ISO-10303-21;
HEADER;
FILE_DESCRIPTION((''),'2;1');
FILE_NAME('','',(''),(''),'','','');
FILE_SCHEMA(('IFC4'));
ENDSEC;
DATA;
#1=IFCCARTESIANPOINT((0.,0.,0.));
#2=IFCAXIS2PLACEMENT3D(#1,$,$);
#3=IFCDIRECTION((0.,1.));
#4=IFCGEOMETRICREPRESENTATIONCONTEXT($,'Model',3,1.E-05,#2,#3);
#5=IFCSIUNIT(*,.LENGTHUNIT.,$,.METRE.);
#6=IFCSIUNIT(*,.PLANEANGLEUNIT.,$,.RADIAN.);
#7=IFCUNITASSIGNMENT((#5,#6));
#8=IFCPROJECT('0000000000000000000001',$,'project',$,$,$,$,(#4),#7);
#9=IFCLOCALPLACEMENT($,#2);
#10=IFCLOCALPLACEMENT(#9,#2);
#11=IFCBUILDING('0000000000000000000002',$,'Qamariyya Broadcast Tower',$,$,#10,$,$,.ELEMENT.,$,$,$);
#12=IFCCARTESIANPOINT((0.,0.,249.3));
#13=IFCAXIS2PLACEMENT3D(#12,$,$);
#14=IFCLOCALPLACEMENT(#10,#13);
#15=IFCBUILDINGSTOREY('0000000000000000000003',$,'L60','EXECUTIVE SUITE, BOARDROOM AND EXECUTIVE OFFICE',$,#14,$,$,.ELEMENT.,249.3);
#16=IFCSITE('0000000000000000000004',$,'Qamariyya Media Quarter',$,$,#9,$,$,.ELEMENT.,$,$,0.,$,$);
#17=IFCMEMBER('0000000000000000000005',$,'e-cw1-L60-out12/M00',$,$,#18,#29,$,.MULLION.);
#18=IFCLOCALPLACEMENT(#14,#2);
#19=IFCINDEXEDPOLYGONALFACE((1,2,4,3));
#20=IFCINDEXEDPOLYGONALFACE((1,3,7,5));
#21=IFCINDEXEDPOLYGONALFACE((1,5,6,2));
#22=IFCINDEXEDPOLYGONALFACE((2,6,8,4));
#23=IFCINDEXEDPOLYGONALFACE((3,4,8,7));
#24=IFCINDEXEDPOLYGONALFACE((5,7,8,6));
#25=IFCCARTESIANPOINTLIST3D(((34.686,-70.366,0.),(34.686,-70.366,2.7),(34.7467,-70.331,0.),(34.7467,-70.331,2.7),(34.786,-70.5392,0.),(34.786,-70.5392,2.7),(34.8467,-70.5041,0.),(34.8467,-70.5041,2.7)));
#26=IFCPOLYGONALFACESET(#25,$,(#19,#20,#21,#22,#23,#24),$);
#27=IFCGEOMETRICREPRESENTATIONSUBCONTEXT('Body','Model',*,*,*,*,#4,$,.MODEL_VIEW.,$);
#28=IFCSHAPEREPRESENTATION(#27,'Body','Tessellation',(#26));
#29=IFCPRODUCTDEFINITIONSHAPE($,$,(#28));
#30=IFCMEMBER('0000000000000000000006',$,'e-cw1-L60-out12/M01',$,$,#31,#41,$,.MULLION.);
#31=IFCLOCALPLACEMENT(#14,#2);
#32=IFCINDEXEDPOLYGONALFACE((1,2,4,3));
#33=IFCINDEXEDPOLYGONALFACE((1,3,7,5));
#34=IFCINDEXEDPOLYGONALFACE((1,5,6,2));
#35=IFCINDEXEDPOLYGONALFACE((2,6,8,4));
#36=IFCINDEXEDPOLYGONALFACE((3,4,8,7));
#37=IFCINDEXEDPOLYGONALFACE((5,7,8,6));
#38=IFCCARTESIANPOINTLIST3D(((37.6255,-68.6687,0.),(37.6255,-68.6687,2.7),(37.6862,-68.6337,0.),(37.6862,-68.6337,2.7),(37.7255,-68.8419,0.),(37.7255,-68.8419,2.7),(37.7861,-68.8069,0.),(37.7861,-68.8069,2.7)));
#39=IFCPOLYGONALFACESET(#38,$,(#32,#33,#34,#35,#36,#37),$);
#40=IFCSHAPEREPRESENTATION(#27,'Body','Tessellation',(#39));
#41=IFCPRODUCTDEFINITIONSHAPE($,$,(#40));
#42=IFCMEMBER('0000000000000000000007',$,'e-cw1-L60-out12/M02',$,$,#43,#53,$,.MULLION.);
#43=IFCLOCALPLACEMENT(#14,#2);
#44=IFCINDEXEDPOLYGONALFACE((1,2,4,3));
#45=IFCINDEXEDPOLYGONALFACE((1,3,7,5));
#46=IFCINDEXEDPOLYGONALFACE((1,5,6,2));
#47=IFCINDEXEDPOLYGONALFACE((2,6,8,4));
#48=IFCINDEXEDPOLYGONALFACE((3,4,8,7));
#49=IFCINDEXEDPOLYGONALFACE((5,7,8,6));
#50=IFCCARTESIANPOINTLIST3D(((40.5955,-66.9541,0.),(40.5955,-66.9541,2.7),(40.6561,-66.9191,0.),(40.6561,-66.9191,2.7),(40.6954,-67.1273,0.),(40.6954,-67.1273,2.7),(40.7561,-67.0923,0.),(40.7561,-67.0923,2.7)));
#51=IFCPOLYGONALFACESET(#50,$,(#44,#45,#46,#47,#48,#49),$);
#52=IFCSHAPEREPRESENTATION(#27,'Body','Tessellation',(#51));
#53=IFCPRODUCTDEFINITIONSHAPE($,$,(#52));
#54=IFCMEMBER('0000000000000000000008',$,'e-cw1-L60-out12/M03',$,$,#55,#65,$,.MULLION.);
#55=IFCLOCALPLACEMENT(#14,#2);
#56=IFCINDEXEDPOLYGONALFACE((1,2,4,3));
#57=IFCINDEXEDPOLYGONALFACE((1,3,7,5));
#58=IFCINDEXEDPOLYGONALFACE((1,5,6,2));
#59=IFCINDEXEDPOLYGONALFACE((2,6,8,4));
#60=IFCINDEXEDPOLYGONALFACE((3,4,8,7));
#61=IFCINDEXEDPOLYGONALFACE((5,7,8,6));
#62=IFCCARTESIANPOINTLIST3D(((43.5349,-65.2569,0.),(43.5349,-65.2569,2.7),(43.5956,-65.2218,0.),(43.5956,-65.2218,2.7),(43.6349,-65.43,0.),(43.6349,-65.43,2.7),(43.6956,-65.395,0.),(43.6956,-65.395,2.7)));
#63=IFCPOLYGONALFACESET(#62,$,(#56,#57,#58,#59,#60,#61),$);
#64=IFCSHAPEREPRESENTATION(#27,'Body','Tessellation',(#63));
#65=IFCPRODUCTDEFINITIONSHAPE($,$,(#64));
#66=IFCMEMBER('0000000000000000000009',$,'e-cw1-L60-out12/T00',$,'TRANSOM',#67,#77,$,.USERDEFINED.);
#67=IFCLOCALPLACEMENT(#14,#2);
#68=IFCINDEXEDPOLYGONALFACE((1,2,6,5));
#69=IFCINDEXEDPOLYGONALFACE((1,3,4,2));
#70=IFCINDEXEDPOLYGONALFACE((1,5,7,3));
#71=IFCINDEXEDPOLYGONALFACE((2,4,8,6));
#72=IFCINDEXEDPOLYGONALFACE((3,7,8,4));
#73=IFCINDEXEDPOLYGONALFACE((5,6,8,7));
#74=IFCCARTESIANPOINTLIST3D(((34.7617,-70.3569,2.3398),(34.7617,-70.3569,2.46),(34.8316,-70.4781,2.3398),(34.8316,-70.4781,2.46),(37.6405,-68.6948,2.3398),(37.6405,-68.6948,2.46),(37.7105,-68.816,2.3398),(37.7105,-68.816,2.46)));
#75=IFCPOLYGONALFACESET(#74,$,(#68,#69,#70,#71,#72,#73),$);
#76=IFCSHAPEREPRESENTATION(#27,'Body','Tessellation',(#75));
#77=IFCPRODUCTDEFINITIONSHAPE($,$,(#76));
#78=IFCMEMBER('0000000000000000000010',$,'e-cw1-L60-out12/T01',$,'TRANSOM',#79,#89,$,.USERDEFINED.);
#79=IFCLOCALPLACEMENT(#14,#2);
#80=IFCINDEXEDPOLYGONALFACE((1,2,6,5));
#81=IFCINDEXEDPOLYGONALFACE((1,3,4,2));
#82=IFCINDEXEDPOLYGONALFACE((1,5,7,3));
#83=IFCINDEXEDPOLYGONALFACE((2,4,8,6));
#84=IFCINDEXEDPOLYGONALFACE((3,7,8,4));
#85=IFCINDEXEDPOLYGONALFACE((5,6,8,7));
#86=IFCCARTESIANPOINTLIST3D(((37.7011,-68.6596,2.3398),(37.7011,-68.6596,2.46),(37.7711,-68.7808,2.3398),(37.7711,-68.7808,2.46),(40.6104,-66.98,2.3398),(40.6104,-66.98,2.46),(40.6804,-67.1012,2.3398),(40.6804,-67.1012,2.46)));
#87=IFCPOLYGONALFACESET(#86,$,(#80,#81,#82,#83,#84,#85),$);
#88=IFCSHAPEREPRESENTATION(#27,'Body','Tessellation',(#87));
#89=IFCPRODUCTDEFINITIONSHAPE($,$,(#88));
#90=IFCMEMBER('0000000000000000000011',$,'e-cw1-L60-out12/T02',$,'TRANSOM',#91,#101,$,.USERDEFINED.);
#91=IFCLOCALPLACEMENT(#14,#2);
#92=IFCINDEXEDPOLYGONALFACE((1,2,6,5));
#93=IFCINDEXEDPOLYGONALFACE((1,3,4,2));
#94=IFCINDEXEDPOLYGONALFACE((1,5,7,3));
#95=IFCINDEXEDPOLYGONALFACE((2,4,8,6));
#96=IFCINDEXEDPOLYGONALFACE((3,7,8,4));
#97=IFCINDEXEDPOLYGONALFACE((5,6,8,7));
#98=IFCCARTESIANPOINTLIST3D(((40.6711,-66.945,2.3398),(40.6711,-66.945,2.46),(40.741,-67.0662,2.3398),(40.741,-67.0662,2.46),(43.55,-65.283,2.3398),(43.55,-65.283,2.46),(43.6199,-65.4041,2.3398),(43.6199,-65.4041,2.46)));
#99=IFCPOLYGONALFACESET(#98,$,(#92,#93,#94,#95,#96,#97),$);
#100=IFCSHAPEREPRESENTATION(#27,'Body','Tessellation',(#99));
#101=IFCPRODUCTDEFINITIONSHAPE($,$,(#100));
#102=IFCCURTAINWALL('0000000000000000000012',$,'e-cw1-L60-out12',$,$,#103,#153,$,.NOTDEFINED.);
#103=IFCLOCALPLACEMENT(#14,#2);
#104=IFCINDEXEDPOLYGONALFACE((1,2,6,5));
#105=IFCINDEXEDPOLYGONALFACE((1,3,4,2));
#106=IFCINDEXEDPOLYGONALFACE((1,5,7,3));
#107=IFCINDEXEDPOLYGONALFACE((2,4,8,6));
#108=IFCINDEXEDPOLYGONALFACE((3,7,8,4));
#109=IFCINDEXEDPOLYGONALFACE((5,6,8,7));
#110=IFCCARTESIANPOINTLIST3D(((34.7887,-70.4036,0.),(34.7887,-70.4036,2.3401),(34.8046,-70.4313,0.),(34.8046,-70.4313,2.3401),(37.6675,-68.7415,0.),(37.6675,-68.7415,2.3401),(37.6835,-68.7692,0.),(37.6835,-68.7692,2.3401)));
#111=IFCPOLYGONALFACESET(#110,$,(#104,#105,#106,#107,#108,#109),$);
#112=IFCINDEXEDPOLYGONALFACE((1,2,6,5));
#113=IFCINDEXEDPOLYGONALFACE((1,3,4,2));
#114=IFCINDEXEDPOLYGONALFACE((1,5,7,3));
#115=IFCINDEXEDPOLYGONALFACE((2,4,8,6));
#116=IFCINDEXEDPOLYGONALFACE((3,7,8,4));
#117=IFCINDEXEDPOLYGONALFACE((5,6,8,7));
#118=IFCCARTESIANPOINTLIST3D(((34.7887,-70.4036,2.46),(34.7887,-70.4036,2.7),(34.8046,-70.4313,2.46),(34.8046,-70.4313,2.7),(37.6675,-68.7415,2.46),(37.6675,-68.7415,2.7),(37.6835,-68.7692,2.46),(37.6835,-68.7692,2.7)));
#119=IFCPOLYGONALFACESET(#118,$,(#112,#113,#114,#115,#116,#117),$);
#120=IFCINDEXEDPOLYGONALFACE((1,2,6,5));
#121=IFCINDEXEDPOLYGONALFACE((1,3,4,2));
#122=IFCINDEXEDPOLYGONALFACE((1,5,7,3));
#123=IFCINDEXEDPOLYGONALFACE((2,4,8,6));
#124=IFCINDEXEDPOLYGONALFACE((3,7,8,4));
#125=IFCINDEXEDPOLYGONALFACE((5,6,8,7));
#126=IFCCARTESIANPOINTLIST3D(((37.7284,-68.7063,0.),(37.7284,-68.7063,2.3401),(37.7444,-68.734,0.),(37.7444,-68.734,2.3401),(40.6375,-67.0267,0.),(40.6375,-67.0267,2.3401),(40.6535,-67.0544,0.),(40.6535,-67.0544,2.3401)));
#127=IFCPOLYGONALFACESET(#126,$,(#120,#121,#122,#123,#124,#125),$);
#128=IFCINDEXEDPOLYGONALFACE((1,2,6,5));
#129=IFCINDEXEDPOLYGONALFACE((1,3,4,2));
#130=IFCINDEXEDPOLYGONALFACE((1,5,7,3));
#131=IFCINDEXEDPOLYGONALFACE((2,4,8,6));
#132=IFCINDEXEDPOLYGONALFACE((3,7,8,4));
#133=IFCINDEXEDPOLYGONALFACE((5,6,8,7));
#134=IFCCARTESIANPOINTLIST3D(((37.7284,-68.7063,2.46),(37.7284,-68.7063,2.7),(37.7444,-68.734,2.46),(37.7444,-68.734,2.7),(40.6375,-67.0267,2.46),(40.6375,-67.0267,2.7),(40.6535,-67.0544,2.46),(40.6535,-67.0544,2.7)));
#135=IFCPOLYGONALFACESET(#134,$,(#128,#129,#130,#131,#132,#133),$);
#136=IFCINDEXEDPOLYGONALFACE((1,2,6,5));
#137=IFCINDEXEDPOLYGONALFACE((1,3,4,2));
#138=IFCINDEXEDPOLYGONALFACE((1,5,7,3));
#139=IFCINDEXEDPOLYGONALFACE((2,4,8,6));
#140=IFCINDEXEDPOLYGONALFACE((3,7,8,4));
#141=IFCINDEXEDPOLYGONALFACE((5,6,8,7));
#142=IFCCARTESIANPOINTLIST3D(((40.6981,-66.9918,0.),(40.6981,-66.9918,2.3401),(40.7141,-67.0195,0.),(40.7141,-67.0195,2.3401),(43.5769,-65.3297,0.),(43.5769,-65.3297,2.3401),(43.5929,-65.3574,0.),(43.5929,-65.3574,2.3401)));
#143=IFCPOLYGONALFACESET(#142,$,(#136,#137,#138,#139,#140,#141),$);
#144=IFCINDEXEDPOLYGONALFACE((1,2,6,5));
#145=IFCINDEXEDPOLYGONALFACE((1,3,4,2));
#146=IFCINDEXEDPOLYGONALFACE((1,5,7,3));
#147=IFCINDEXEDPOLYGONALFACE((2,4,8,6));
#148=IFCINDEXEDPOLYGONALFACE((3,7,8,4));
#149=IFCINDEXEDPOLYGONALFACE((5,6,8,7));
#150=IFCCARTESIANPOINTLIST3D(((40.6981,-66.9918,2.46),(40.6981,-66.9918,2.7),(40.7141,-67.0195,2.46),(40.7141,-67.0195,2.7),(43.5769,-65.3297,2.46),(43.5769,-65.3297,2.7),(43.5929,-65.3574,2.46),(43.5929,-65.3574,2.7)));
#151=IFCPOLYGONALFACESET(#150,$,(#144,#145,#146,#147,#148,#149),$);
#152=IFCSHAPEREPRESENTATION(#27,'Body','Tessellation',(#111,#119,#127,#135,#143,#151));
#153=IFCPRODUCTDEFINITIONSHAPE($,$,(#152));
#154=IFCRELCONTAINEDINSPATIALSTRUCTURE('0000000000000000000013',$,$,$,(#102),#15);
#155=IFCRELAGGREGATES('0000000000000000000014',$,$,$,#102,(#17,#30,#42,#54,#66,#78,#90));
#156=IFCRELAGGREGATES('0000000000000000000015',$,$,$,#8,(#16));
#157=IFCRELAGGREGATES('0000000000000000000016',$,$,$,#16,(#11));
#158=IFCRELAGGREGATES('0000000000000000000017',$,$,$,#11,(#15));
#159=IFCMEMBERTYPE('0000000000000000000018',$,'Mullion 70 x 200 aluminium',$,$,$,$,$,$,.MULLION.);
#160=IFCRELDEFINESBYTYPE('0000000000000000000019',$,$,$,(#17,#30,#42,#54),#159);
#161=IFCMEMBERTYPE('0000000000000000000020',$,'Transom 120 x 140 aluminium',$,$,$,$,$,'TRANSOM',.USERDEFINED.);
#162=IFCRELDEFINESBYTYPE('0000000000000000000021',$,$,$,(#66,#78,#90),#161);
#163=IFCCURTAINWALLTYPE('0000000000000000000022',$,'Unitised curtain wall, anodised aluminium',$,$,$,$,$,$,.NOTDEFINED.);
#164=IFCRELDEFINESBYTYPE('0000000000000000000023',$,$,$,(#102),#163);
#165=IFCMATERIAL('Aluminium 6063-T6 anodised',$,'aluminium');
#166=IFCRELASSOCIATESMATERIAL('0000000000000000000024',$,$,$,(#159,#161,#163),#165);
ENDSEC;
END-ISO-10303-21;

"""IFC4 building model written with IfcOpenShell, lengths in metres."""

from ifc_helpers import new_model, si_unit, direction, frame, origin, origin_2d, place, context, subcontext, project, spatial, rectangle, extrude, material, material_profile, profile_set, type_object, element, aggregate, save


model = new_model("IFC4")

# Units and contexts
model_context = context("Model", 3, precision=1e-05, world=origin(), true_north=direction((0.0, 1.0)))
body_context = subcontext(model_context, "Body", "Model", "MODEL_VIEW")
ifc_project = project(units=[si_unit("LENGTHUNIT", "METRE"), si_unit("PLANEANGLEUNIT", "RADIAN")], contexts=[model_context])

# Members
ifc_material = material(Name="Aluminium 6063-T6 anodised", Category="aluminium")
ifc_material_profile_1 = material_profile(ifc_material, rectangle(XDim=0.2, YDim=0.0701, at=origin_2d()))
ifc_profile_set_1 = profile_set([ifc_material_profile_1], Name="Aluminium 6063-T6 anodised")
member_type_1 = type_object("IfcMemberType", Name="Mullion 70 x 200 aluminium", PredefinedType="MULLION", material=ifc_profile_set_1)
site_placement = place(None, origin())
building_placement = place(site_placement, origin())
storey_placement = place(building_placement, frame((0.0, 0.0, 249.3)))
member_1_placement = place(storey_placement, frame((34.7664, -70.4351, 0.0), z_axis=(0.0, 0.0, 1.0), x_axis=(-0.5, 0.866025, 0.0)))
member_1 = element("IfcMember", 1, at=member_1_placement, type_object=member_type_1, Name="e-cw1-L60-out12/M00", PredefinedType="MULLION", context=body_context, shape_type="SweptSolid", body=[
    extrude(rectangle(XDim=0.2, YDim=0.0701, at=origin_2d()), origin(), (0.0, 0.0, 1.0), 2.7),
])
member_2_placement = place(storey_placement, frame((37.7058, -68.7378, 0.0), z_axis=(0.0, 0.0, 1.0), x_axis=(-0.5, 0.866025, 0.0)))
member_2 = element("IfcMember", 2, at=member_2_placement, type_object=member_type_1, Name="e-cw1-L60-out12/M01", PredefinedType="MULLION", context=body_context, shape_type="SweptSolid", body=[
    extrude(rectangle(XDim=0.2, YDim=0.0701, at=origin_2d()), origin(), (0.0, 0.0, 1.0), 2.7),
])
member_3_placement = place(storey_placement, frame((40.6758, -67.0232, 0.0), z_axis=(0.0, 0.0, 1.0), x_axis=(-0.5, 0.866025, 0.0)))
member_3 = element("IfcMember", 3, at=member_3_placement, type_object=member_type_1, Name="e-cw1-L60-out12/M02", PredefinedType="MULLION", context=body_context, shape_type="SweptSolid", body=[
    extrude(rectangle(XDim=0.2, YDim=0.0701, at=origin_2d()), origin(), (0.0, 0.0, 1.0), 2.7),
])
member_4_placement = place(storey_placement, frame((43.6152, -65.3259, 0.0), z_axis=(0.0, 0.0, 1.0), x_axis=(-0.5, 0.866025, 0.0)))
member_4 = element("IfcMember", 4, at=member_4_placement, type_object=member_type_1, Name="e-cw1-L60-out12/M03", PredefinedType="MULLION", context=body_context, shape_type="SweptSolid", body=[
    extrude(rectangle(XDim=0.2, YDim=0.0701, at=origin_2d()), origin(), (0.0, 0.0, 1.0), 2.7),
])
ifc_material_profile_2 = material_profile(ifc_material, rectangle(XDim=0.1399, YDim=0.1201, at=origin_2d()))
ifc_profile_set_2 = profile_set([ifc_material_profile_2], Name="Aluminium 6063-T6 anodised")
member_type_2 = type_object("IfcMemberType", Name="Transom 120 x 140 aluminium", ElementType="TRANSOM", PredefinedType="USERDEFINED", material=ifc_profile_set_2)
member_5_placement = place(storey_placement, frame((34.7966, -70.4175, 2.3999), z_axis=(0.866029, 0.499994, 0.0), x_axis=(-0.499994, 0.866029, 0.0)))
member_5 = element("IfcMember", 5, at=member_5_placement, type_object=member_type_2, Name="e-cw1-L60-out12/T00", ObjectType="TRANSOM", PredefinedType="USERDEFINED", context=body_context, shape_type="SweptSolid", body=[
    extrude(rectangle(XDim=0.1399, YDim=0.1201, at=origin_2d()), origin(), (0.0, 0.0, 1.0), 3.3242),
])
member_6_placement = place(storey_placement, frame((37.7361, -68.7202, 2.3999), z_axis=(0.866034, 0.499985, 0.0), x_axis=(-0.499985, 0.866034, 0.0)))
member_6 = element("IfcMember", 6, at=member_6_placement, type_object=member_type_2, Name="e-cw1-L60-out12/T01", ObjectType="TRANSOM", PredefinedType="USERDEFINED", context=body_context, shape_type="SweptSolid", body=[
    extrude(rectangle(XDim=0.1399, YDim=0.1201, at=origin_2d()), origin(), (0.0, 0.0, 1.0), 3.3594),
])
member_7_placement = place(storey_placement, frame((40.7061, -67.0056, 2.3999), z_axis=(0.866029, 0.499994, 0.0), x_axis=(-0.499994, 0.866029, 0.0)))
member_7 = element("IfcMember", 7, at=member_7_placement, type_object=member_type_2, Name="e-cw1-L60-out12/T02", ObjectType="TRANSOM", PredefinedType="USERDEFINED", context=body_context, shape_type="SweptSolid", body=[
    extrude(rectangle(XDim=0.1399, YDim=0.1201, at=origin_2d()), origin(), (0.0, 0.0, 1.0), 3.3242),
])

# Site, building, storey
site = spatial("IfcSite", under=ifc_project, at=site_placement, Name="Qamariyya Media Quarter", CompositionType="ELEMENT", RefElevation=0.0)
building = spatial("IfcBuilding", under=site, at=building_placement, Name="Qamariyya Broadcast Tower", CompositionType="ELEMENT")
storey = spatial("IfcBuildingStorey", under=building, at=storey_placement, Name="L60", Description="EXECUTIVE SUITE, BOARDROOM AND EXECUTIVE OFFICE", CompositionType="ELEMENT", Elevation=249.3)

# Curtain wall
curtain_wall_type = type_object("IfcCurtainWallType", Name="Unitised curtain wall, anodised aluminium", PredefinedType="NOTDEFINED", material=ifc_material)
curtain_wall_1_placement = place(storey_placement, origin())
curtain_wall_1 = element("IfcCurtainWall", 8, at=curtain_wall_1_placement, inside=storey, type_object=curtain_wall_type, Name="e-cw1-L60-out12", PredefinedType="NOTDEFINED", context=body_context, shape_type="SweptSolid", body=[
    extrude(rectangle(XDim=3.3242, YDim=0.032, at=origin_2d()), frame((36.2361, -69.5864, 0.0), x_axis=(0.866028, 0.499996, 0.0)), (0.0, 0.0, 1.0), 2.3401),
    extrude(rectangle(XDim=3.3242, YDim=0.032, at=origin_2d()), frame((36.2361, -69.5864, 2.46), x_axis=(0.866028, 0.499996, 0.0)), (0.0, 0.0, 1.0), 0.24),
    extrude(rectangle(XDim=3.3591, YDim=0.032, at=origin_2d()), frame((39.1909, -67.8804, 0.0), x_axis=(0.866028, 0.499996, 0.0)), (0.0, 0.0, 1.0), 2.3401),
    extrude(rectangle(XDim=3.3591, YDim=0.032, at=origin_2d()), frame((39.1909, -67.8804, 2.46), x_axis=(0.866028, 0.499996, 0.0)), (0.0, 0.0, 1.0), 0.24),
    extrude(rectangle(XDim=3.3242, YDim=0.032, at=origin_2d()), frame((42.1455, -66.1746, 0.0), x_axis=(0.866028, 0.499996, 0.0)), (0.0, 0.0, 1.0), 2.3401),
    extrude(rectangle(XDim=3.3242, YDim=0.032, at=origin_2d()), frame((42.1455, -66.1746, 2.46), x_axis=(0.866028, 0.499996, 0.0)), (0.0, 0.0, 1.0), 0.24),
])
aggregate(curtain_wall_1, [member_1, member_2, member_3, member_4, member_5, member_6, member_7])

save(model, "model.ifc")
